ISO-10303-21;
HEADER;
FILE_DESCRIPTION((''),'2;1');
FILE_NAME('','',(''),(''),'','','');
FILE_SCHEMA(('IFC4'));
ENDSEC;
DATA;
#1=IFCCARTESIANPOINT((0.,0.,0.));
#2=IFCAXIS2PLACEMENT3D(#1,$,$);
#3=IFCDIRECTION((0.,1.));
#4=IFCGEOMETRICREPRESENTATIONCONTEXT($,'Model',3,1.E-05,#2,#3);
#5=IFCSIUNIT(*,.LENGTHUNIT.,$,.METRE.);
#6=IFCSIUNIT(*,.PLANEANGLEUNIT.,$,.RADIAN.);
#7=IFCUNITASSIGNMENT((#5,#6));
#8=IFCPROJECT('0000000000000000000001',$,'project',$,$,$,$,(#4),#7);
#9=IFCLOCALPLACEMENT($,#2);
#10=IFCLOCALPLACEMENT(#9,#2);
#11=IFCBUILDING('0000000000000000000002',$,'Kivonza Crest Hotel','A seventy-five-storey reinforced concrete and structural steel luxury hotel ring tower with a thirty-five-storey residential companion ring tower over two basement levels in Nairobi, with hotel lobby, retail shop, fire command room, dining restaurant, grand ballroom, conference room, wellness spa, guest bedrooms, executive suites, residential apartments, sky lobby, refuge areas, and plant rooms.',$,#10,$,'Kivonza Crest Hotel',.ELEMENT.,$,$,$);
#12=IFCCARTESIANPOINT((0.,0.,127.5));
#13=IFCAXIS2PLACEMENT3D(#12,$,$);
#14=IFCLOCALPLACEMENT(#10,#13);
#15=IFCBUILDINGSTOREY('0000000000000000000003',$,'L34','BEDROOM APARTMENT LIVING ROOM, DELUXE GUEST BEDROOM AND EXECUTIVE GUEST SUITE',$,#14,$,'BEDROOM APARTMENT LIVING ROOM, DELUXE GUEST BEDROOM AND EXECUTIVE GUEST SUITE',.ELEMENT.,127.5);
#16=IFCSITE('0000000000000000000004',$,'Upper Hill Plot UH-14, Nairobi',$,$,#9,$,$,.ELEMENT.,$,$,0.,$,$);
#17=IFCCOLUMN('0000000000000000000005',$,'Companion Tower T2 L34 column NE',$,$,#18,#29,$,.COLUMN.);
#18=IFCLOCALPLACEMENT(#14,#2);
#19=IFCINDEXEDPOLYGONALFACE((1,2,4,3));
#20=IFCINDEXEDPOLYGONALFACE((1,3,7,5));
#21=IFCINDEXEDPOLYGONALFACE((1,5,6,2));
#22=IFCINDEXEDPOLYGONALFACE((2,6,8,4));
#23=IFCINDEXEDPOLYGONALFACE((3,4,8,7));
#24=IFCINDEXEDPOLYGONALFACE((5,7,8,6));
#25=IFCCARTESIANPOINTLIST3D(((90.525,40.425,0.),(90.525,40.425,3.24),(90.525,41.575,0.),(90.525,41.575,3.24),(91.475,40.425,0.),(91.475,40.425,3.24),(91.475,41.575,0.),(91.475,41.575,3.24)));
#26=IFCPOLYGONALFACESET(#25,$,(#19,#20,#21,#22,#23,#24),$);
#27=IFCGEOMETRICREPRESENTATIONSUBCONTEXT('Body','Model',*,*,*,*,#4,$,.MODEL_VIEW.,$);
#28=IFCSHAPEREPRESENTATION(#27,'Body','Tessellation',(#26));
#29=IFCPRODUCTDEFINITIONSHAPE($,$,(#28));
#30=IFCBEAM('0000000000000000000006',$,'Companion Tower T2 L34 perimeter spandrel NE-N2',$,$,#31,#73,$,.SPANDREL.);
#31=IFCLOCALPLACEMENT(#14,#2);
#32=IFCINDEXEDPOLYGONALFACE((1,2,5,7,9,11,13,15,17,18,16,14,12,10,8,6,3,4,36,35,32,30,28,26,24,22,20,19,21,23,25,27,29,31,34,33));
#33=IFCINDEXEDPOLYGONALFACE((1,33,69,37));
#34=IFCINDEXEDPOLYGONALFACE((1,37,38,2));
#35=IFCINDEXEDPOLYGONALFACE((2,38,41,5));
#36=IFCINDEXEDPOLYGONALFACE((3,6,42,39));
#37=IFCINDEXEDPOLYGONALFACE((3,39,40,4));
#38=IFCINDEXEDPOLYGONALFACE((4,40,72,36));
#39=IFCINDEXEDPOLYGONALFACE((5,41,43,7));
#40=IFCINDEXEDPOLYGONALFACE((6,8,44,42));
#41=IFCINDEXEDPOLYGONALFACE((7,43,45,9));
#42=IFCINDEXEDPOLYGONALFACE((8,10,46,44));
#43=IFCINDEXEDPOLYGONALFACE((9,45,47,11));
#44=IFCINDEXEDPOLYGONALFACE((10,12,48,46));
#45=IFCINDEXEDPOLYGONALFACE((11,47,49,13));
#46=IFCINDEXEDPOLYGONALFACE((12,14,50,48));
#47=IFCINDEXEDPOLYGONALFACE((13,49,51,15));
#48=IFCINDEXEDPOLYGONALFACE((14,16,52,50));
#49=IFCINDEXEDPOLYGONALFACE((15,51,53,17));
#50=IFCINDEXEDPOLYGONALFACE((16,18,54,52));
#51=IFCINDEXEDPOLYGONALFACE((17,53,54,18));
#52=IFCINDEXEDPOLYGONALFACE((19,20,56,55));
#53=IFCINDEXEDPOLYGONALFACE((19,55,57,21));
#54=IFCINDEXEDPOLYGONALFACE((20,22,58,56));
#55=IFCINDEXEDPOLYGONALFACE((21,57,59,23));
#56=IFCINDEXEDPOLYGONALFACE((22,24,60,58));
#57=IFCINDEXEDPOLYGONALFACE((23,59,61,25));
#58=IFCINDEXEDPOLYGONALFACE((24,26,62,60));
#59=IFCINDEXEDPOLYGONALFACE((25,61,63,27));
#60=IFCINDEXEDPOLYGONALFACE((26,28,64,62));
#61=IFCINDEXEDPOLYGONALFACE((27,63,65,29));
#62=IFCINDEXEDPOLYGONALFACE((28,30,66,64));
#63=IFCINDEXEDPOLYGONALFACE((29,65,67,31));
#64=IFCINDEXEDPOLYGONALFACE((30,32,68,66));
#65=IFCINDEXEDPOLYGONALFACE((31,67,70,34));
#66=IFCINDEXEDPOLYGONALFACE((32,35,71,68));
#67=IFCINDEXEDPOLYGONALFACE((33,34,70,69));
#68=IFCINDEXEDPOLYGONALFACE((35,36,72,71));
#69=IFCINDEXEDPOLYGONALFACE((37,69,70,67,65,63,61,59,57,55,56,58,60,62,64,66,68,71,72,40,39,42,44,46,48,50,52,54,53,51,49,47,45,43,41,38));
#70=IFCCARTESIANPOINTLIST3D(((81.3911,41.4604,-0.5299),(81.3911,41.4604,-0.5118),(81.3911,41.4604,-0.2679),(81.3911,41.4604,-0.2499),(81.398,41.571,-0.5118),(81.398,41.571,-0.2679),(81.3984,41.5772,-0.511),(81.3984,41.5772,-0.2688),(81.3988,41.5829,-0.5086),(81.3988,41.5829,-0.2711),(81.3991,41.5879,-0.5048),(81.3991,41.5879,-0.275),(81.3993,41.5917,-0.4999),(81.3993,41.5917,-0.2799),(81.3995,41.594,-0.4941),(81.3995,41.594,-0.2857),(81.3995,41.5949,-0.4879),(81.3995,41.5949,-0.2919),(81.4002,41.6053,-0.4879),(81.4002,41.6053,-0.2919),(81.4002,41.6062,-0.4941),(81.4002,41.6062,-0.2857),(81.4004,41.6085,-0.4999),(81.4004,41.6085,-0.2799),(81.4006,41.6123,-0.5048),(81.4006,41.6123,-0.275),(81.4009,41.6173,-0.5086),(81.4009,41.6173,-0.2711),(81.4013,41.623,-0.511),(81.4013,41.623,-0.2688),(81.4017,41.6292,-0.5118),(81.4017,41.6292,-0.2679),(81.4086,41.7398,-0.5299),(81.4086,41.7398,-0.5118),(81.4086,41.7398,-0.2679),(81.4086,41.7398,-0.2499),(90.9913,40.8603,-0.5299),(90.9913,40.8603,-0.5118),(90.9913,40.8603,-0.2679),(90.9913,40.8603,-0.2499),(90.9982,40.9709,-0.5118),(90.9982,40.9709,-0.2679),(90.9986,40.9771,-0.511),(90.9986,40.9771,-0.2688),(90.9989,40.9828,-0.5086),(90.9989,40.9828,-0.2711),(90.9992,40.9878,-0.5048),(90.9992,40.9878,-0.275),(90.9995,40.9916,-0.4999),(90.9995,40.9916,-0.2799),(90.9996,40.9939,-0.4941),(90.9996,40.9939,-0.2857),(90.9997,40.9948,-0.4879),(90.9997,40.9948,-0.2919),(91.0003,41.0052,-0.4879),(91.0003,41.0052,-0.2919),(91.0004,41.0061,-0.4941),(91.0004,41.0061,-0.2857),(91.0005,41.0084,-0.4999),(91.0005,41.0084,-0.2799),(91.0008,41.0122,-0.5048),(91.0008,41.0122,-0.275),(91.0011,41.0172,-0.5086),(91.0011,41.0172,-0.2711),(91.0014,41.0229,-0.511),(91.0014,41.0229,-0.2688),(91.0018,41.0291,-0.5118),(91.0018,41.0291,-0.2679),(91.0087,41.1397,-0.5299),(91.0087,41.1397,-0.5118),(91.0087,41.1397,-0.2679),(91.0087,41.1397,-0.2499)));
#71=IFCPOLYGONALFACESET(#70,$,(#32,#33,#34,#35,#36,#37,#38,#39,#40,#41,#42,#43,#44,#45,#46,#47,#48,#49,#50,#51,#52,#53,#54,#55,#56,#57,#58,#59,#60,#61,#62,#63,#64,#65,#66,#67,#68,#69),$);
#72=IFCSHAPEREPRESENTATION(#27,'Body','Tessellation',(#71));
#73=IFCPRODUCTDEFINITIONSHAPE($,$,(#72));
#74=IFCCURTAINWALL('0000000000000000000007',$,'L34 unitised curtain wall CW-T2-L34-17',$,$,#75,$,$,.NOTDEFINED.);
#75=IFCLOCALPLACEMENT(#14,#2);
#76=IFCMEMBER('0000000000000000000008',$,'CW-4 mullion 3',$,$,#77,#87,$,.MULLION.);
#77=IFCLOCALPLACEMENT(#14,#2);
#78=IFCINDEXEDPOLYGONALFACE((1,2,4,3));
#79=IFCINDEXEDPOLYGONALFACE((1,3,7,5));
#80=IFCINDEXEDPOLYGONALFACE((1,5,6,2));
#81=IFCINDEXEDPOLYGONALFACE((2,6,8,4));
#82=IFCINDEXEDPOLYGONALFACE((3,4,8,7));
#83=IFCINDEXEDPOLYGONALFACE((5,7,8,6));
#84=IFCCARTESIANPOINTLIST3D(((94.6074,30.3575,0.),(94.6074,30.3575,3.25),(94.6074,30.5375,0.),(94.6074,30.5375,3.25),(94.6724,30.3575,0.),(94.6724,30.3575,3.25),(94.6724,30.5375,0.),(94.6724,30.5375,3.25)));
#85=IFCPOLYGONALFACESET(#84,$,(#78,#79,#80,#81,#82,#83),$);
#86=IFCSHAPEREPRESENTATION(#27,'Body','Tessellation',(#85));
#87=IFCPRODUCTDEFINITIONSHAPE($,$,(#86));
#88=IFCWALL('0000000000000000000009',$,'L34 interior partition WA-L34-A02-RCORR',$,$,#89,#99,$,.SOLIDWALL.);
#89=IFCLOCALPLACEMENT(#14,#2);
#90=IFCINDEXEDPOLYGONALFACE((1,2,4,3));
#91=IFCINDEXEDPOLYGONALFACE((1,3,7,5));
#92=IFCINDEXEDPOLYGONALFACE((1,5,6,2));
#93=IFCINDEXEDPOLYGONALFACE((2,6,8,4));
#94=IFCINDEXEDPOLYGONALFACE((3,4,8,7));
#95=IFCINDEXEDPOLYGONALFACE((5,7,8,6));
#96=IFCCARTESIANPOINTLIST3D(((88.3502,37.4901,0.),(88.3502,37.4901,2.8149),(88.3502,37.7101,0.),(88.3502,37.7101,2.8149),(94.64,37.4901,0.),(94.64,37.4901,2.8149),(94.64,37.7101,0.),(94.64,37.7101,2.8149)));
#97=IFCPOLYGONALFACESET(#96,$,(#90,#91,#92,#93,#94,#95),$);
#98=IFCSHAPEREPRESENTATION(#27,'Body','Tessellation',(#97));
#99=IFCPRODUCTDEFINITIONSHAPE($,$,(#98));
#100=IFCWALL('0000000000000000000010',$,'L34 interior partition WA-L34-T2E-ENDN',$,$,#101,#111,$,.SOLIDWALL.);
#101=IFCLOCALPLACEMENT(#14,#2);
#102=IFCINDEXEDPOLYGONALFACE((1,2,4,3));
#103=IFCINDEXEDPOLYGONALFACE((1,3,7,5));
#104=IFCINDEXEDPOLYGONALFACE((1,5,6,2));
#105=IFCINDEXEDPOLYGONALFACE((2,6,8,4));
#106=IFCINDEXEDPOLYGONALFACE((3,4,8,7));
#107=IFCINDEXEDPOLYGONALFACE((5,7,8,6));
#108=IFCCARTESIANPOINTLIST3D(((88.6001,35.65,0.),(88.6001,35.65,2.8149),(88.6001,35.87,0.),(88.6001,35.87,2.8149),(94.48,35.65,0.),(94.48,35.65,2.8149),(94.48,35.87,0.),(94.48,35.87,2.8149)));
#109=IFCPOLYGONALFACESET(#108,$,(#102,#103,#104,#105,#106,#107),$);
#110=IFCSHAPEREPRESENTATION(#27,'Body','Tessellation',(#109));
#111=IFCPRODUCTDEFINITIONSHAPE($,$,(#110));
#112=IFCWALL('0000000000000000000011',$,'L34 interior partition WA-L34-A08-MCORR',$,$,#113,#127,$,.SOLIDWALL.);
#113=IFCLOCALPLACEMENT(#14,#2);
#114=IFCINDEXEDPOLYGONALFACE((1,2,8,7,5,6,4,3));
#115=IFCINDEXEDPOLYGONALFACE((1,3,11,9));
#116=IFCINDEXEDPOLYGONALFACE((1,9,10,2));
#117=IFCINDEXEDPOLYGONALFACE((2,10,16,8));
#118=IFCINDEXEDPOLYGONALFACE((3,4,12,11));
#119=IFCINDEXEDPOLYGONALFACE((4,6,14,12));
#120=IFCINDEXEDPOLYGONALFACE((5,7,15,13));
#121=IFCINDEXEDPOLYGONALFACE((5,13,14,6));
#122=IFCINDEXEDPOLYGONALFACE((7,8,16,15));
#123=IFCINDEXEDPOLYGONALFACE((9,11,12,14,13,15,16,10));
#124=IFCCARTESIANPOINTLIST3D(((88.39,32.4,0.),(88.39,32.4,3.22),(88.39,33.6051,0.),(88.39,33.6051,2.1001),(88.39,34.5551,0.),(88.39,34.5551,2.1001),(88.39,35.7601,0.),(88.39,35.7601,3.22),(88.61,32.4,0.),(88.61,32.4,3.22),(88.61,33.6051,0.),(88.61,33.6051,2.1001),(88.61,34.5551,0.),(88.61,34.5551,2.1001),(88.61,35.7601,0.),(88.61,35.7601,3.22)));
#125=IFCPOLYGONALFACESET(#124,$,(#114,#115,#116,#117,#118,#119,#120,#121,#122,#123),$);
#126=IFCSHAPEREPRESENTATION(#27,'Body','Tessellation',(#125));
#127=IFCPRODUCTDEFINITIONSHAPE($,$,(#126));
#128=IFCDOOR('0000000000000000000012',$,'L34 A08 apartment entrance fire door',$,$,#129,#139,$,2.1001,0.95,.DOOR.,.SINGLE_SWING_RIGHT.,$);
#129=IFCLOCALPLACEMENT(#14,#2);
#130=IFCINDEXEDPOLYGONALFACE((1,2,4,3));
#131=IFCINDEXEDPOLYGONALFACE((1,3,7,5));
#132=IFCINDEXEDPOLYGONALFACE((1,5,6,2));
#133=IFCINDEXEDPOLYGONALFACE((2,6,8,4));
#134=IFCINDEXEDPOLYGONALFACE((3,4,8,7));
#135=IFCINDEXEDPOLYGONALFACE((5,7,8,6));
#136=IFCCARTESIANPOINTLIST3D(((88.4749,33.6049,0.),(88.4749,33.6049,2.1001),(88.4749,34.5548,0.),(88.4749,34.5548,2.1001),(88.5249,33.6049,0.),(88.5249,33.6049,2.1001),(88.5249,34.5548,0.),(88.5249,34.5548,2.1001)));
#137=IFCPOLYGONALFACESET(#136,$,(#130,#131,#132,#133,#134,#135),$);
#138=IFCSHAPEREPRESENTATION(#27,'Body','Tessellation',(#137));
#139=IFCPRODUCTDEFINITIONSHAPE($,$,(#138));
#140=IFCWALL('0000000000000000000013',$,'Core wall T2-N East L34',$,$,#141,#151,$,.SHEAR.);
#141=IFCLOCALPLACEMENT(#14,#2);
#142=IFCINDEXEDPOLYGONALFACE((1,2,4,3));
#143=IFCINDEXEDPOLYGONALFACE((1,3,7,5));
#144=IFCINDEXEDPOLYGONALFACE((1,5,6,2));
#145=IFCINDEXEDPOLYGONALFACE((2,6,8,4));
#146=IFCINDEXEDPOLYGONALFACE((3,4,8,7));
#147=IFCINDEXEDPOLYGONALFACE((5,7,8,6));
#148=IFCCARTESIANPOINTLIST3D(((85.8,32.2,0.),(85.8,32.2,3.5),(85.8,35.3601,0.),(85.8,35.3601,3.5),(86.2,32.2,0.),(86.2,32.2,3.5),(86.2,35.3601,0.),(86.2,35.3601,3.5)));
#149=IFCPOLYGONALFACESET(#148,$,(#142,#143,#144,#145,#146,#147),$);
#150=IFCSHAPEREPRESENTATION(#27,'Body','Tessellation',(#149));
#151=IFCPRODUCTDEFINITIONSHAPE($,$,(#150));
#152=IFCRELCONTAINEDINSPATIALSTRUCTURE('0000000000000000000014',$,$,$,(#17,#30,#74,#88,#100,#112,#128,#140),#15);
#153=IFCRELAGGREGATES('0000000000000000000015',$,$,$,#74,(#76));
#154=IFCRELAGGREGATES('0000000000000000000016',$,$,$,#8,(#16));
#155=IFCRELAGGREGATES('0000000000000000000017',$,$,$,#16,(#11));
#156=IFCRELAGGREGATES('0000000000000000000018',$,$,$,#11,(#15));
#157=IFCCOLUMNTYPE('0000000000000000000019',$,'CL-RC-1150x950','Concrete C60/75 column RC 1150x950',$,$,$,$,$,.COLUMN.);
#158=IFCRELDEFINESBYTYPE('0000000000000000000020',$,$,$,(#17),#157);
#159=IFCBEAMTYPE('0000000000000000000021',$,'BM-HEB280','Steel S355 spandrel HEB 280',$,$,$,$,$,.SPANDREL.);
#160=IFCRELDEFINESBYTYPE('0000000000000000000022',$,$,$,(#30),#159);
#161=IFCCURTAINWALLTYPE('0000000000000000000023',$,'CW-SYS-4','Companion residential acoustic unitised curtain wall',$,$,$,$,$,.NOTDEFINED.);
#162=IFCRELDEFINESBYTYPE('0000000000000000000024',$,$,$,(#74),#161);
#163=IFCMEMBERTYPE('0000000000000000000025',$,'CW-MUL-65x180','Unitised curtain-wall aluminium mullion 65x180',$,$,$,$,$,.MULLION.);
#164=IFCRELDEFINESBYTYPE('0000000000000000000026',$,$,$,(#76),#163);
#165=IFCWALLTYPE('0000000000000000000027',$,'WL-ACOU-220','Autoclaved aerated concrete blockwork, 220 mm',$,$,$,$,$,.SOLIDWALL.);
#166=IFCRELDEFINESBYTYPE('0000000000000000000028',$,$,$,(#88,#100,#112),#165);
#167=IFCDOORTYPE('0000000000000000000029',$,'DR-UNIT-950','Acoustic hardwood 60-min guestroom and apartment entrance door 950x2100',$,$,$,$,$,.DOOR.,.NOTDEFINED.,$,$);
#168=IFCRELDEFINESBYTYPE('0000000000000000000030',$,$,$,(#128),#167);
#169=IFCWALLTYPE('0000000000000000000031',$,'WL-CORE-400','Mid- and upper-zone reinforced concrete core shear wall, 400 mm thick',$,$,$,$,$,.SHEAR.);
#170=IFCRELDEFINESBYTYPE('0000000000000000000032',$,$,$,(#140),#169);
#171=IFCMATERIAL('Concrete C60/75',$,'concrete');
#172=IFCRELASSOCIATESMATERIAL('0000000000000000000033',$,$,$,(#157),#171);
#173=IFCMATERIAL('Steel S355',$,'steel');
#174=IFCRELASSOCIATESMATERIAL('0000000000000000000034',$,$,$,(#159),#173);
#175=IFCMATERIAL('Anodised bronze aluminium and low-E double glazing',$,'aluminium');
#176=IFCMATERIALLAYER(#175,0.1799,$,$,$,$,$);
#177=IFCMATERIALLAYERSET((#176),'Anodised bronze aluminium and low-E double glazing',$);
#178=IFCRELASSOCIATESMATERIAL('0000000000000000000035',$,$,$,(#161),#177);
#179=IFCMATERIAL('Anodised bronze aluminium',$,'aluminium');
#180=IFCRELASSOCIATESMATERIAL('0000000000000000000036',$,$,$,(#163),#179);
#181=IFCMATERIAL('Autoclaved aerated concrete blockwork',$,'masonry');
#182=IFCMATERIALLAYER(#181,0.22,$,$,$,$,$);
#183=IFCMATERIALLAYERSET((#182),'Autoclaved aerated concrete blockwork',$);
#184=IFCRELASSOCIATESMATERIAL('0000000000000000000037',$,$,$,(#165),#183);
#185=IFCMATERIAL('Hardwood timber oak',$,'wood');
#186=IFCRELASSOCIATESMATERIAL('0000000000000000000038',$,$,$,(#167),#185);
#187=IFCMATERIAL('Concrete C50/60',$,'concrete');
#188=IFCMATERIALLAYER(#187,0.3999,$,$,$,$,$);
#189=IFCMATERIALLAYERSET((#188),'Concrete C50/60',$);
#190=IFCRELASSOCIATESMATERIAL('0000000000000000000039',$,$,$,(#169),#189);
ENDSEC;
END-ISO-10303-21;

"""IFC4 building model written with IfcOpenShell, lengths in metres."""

from ifc_helpers import new_model, si_unit, direction, frame, frame_2d, origin, origin_2d, place, context, subcontext, project, spatial, rectangle, i_section, extrude, material, layer, layer_set, material_profile, profile_set, type_object, element, fill, aggregate, save


model = new_model("IFC4")

# Units and contexts
model_context = context("Model", 3, precision=1e-05, world=origin(), true_north=direction((0.0, 1.0)))
body_context = subcontext(model_context, "Body", "Model", "MODEL_VIEW")
ifc_project = project(units=[si_unit("LENGTHUNIT", "METRE"), si_unit("PLANEANGLEUNIT", "RADIAN")], contexts=[model_context])

# Site, building, storey
site_placement = place(None, origin())
site = spatial("IfcSite", under=ifc_project, at=site_placement, Name="Upper Hill Plot UH-14, Nairobi", CompositionType="ELEMENT", RefElevation=0.0)
building_placement = place(site_placement, origin())
building = spatial("IfcBuilding", under=site, at=building_placement, Name="Kivonza Crest Hotel", Description="A seventy-five-storey reinforced concrete and structural steel luxury hotel ring tower with a thirty-five-storey residential companion ring tower over two basement levels in Nairobi, with hotel lobby, retail shop, fire command room, dining restaurant, grand ballroom, conference room, wellness spa, guest bedrooms, executive suites, residential apartments, sky lobby, refuge areas, and plant rooms.", LongName="Kivonza Crest Hotel", CompositionType="ELEMENT")
storey_placement = place(building_placement, frame((0.0, 0.0, 127.5)))
storey = spatial("IfcBuildingStorey", under=building, at=storey_placement, Name="L34", Description="BEDROOM APARTMENT LIVING ROOM, DELUXE GUEST BEDROOM AND EXECUTIVE GUEST SUITE", LongName="BEDROOM APARTMENT LIVING ROOM, DELUXE GUEST BEDROOM AND EXECUTIVE GUEST SUITE", CompositionType="ELEMENT", Elevation=127.5)

# Column
ifc_material_1 = material(Name="Concrete C60/75", Category="concrete")
ifc_material_profile_1 = material_profile(ifc_material_1, rectangle(XDim=0.95, YDim=1.1499, at=origin_2d()), Name="RC 1150x950")
ifc_profile_set_1 = profile_set([ifc_material_profile_1], Name="Concrete C60/75")
column_type = type_object("IfcColumnType", Name="CL-RC-1150x950", Description="Concrete C60/75 column RC 1150x950", PredefinedType="COLUMN", material=ifc_profile_set_1)
column_placement = place(storey_placement, frame((91.0, 41.0, 0.0), z_axis=(0.0, 0.0, 1.0), x_axis=(1.0, 0.0, 0.0)))
element("IfcColumn", 1, at=column_placement, inside=storey, type_object=column_type, Name="Companion Tower T2 L34 column NE", PredefinedType="COLUMN", context=body_context, shape_type="SweptSolid", body=[
    extrude(rectangle(XDim=0.95, YDim=1.1499, at=origin_2d()), origin(), (0.0, 0.0, 1.0), 3.24),
])

# Beam
ifc_material_2 = material(Name="Steel S355", Category="steel")
ifc_material_profile_2 = material_profile(ifc_material_2, i_section(OverallWidth=0.28, OverallDepth=0.28, WebThickness=0.0105, FlangeThickness=0.0181, FilletRadius=0.0239, at=origin_2d()), Name="HEB 280")
ifc_profile_set_2 = profile_set([ifc_material_profile_2], Name="Steel S355")
beam_type = type_object("IfcBeamType", Name="BM-HEB280", Description="Steel S355 spandrel HEB 280", PredefinedType="SPANDREL", material=ifc_profile_set_2)
beam_placement = place(storey_placement, frame((91.0, 41.0, -0.3899), z_axis=(-0.998052, 0.062388, 0.0), x_axis=(-0.062388, -0.998052, 0.0)))
element("IfcBeam", 2, at=beam_placement, inside=storey, type_object=beam_type, Name="Companion Tower T2 L34 perimeter spandrel NE-N2", PredefinedType="SPANDREL", context=body_context, shape_type="SweptSolid", body=[
    extrude(i_section(OverallWidth=0.28, OverallDepth=0.28, WebThickness=0.0105, FlangeThickness=0.0181, FilletRadius=0.0239, at=origin_2d()), origin(), (0.0, 0.0, 1.0), 9.6189),
])

# Curtain wall, member
ifc_material_3 = material(Name="Anodised bronze aluminium and low-E double glazing", Category="aluminium")
ifc_layer_1 = layer(ifc_material_3, 0.1799)
ifc_layer_set_1 = layer_set([ifc_layer_1], Name="Anodised bronze aluminium and low-E double glazing")
curtain_wall_type = type_object("IfcCurtainWallType", Name="CW-SYS-4", Description="Companion residential acoustic unitised curtain wall", PredefinedType="NOTDEFINED", material=ifc_layer_set_1)
curtain_wall_placement = place(storey_placement, origin())
curtain_wall = element("IfcCurtainWall", 3, at=curtain_wall_placement, inside=storey, type_object=curtain_wall_type, Name="L34 unitised curtain wall CW-T2-L34-17", PredefinedType="NOTDEFINED")
ifc_material_4 = material(Name="Anodised bronze aluminium", Category="aluminium")
ifc_material_profile_3 = material_profile(ifc_material_4, rectangle(XDim=0.0649, YDim=0.1799, at=origin_2d()), Name="CW-M 65x180")
ifc_profile_set_3 = profile_set([ifc_material_profile_3], Name="Anodised bronze aluminium")
member_type = type_object("IfcMemberType", Name="CW-MUL-65x180", Description="Unitised curtain-wall aluminium mullion 65x180", PredefinedType="MULLION", material=ifc_profile_set_3)
member_placement = place(storey_placement, frame((94.6399, 30.4475, 0.0), z_axis=(0.0, 0.0, 1.0), x_axis=(-1.0, 0.0, 0.0)))
member = element("IfcMember", 4, at=member_placement, type_object=member_type, Name="CW-4 mullion 3", PredefinedType="MULLION", context=body_context, shape_type="SweptSolid", body=[
    extrude(rectangle(XDim=0.0649, YDim=0.1799, at=origin_2d()), origin(), (0.0, 0.0, 1.0), 3.25),
])
aggregate(curtain_wall, [member])

# Walls
ifc_material_5 = material(Name="Autoclaved aerated concrete blockwork", Category="masonry")
ifc_layer_2 = layer(ifc_material_5, 0.22)
ifc_layer_set_2 = layer_set([ifc_layer_2], Name="Autoclaved aerated concrete blockwork")
wall_type_1 = type_object("IfcWallType", Name="WL-ACOU-220", Description="Autoclaved aerated concrete blockwork, 220 mm", PredefinedType="SOLIDWALL", material=ifc_layer_set_2)
wall_1_placement = place(storey_placement, frame((88.3501, 37.6001, 0.0), z_axis=(0.0, 0.0, 1.0), x_axis=(1.0, 0.0, 0.0)))
element("IfcWall", 5, at=wall_1_placement, inside=storey, type_object=wall_type_1, Name="L34 interior partition WA-L34-A02-RCORR", PredefinedType="SOLIDWALL", context=body_context, shape_type="SweptSolid", body=[
    extrude(rectangle(XDim=6.2898, YDim=0.22, at=frame_2d((3.145, 0.0))), origin(), (0.0, 0.0, 1.0), 2.8149),
])
wall_2_placement = place(storey_placement, frame((88.6001, 35.76, 0.0), z_axis=(0.0, 0.0, 1.0), x_axis=(1.0, 0.0, 0.0)))
element("IfcWall", 6, at=wall_2_placement, inside=storey, type_object=wall_type_1, Name="L34 interior partition WA-L34-T2E-ENDN", PredefinedType="SOLIDWALL", context=body_context, shape_type="SweptSolid", body=[
    extrude(rectangle(XDim=5.8799, YDim=0.22, at=frame_2d((2.9399, 0.0))), origin(), (0.0, 0.0, 1.0), 2.8149),
])

# Wall, opening, door
wall_3_placement = place(storey_placement, frame((88.5, 32.3999, 0.0), z_axis=(0.0, 0.0, 1.0), x_axis=(0.0, 1.0, 0.0)))
wall_3 = element("IfcWall", 7, at=wall_3_placement, inside=storey, type_object=wall_type_1, Name="L34 interior partition WA-L34-A08-MCORR", PredefinedType="SOLIDWALL", context=body_context, shape_type="SweptSolid", body=[
    extrude(rectangle(XDim=3.3601, YDim=0.22, at=frame_2d((1.6802, 0.0))), origin(), (0.0, 0.0, 1.0), 3.22),
])
opening_1_placement = place(wall_3_placement, frame((1.2051, 0.0, 0.0)))
opening_1 = element("IfcOpeningElement", 8, at=opening_1_placement, cuts=wall_3, PredefinedType="OPENING", context=body_context, shape_type="SweptSolid", body=[
    extrude(rectangle(XDim=0.95, YDim=2.1001, at=frame_2d((0.4751, 1.05))), frame((0.0, 0.1201, 0.0), z_axis=(0.0, -1.0, 0.0), x_axis=(1.0, 0.0, 0.0)), (0.0, 0.0, 1.0), 0.24),
])
ifc_material_6 = material(Name="Hardwood timber oak", Category="wood")
door_type_1 = type_object("IfcDoorType", Name="DR-UNIT-950", Description="Acoustic hardwood 60-min guestroom and apartment entrance door 950x2100", OperationType="NOTDEFINED", PredefinedType="DOOR", material=ifc_material_6)
door_1_placement = place(opening_1_placement, frame((0.95, 0.0, 0.0), z_axis=(0.0, 0.0, 1.0), x_axis=(-1.0, 0.0, 0.0)))
door_1 = element("IfcDoor", 9, at=door_1_placement, inside=storey, type_object=door_type_1, Name="L34 A08 apartment entrance fire door", OperationType="SINGLE_SWING_RIGHT", OverallHeight=2.1001, OverallWidth=0.95, PredefinedType="DOOR", context=body_context, shape_type="SweptSolid", body=[
    extrude(rectangle(XDim=0.95, YDim=2.1001, at=frame_2d((0.4751, 1.05))), frame((0.0, 0.0249, 0.0), z_axis=(0.0, -1.0, 0.0), x_axis=(1.0, 0.0, 0.0)), (0.0, 0.0, 1.0), 0.05),
])
fill(opening_1, door_1)

# Wall
ifc_material_7 = material(Name="Concrete C50/60", Category="concrete")
ifc_layer_3 = layer(ifc_material_7, 0.3999)
ifc_layer_set_3 = layer_set([ifc_layer_3], Name="Concrete C50/60")
wall_type_2 = type_object("IfcWallType", Name="WL-CORE-400", Description="Mid- and upper-zone reinforced concrete core shear wall, 400 mm thick", PredefinedType="SHEAR", material=ifc_layer_set_3)
wall_4_placement = place(storey_placement, frame((86.0, 32.2, 0.0), z_axis=(0.0, 0.0, 1.0), x_axis=(0.0, 1.0, 0.0)))
element("IfcWall", 10, at=wall_4_placement, inside=storey, type_object=wall_type_2, Name="Core wall T2-N East L34", PredefinedType="SHEAR", context=body_context, shape_type="SweptSolid", body=[
    extrude(rectangle(XDim=3.1602, YDim=0.3999, at=frame_2d((1.5801, 0.0))), origin(), (0.0, 0.0, 1.0), 3.5),
])

save(model, "model.ifc")
